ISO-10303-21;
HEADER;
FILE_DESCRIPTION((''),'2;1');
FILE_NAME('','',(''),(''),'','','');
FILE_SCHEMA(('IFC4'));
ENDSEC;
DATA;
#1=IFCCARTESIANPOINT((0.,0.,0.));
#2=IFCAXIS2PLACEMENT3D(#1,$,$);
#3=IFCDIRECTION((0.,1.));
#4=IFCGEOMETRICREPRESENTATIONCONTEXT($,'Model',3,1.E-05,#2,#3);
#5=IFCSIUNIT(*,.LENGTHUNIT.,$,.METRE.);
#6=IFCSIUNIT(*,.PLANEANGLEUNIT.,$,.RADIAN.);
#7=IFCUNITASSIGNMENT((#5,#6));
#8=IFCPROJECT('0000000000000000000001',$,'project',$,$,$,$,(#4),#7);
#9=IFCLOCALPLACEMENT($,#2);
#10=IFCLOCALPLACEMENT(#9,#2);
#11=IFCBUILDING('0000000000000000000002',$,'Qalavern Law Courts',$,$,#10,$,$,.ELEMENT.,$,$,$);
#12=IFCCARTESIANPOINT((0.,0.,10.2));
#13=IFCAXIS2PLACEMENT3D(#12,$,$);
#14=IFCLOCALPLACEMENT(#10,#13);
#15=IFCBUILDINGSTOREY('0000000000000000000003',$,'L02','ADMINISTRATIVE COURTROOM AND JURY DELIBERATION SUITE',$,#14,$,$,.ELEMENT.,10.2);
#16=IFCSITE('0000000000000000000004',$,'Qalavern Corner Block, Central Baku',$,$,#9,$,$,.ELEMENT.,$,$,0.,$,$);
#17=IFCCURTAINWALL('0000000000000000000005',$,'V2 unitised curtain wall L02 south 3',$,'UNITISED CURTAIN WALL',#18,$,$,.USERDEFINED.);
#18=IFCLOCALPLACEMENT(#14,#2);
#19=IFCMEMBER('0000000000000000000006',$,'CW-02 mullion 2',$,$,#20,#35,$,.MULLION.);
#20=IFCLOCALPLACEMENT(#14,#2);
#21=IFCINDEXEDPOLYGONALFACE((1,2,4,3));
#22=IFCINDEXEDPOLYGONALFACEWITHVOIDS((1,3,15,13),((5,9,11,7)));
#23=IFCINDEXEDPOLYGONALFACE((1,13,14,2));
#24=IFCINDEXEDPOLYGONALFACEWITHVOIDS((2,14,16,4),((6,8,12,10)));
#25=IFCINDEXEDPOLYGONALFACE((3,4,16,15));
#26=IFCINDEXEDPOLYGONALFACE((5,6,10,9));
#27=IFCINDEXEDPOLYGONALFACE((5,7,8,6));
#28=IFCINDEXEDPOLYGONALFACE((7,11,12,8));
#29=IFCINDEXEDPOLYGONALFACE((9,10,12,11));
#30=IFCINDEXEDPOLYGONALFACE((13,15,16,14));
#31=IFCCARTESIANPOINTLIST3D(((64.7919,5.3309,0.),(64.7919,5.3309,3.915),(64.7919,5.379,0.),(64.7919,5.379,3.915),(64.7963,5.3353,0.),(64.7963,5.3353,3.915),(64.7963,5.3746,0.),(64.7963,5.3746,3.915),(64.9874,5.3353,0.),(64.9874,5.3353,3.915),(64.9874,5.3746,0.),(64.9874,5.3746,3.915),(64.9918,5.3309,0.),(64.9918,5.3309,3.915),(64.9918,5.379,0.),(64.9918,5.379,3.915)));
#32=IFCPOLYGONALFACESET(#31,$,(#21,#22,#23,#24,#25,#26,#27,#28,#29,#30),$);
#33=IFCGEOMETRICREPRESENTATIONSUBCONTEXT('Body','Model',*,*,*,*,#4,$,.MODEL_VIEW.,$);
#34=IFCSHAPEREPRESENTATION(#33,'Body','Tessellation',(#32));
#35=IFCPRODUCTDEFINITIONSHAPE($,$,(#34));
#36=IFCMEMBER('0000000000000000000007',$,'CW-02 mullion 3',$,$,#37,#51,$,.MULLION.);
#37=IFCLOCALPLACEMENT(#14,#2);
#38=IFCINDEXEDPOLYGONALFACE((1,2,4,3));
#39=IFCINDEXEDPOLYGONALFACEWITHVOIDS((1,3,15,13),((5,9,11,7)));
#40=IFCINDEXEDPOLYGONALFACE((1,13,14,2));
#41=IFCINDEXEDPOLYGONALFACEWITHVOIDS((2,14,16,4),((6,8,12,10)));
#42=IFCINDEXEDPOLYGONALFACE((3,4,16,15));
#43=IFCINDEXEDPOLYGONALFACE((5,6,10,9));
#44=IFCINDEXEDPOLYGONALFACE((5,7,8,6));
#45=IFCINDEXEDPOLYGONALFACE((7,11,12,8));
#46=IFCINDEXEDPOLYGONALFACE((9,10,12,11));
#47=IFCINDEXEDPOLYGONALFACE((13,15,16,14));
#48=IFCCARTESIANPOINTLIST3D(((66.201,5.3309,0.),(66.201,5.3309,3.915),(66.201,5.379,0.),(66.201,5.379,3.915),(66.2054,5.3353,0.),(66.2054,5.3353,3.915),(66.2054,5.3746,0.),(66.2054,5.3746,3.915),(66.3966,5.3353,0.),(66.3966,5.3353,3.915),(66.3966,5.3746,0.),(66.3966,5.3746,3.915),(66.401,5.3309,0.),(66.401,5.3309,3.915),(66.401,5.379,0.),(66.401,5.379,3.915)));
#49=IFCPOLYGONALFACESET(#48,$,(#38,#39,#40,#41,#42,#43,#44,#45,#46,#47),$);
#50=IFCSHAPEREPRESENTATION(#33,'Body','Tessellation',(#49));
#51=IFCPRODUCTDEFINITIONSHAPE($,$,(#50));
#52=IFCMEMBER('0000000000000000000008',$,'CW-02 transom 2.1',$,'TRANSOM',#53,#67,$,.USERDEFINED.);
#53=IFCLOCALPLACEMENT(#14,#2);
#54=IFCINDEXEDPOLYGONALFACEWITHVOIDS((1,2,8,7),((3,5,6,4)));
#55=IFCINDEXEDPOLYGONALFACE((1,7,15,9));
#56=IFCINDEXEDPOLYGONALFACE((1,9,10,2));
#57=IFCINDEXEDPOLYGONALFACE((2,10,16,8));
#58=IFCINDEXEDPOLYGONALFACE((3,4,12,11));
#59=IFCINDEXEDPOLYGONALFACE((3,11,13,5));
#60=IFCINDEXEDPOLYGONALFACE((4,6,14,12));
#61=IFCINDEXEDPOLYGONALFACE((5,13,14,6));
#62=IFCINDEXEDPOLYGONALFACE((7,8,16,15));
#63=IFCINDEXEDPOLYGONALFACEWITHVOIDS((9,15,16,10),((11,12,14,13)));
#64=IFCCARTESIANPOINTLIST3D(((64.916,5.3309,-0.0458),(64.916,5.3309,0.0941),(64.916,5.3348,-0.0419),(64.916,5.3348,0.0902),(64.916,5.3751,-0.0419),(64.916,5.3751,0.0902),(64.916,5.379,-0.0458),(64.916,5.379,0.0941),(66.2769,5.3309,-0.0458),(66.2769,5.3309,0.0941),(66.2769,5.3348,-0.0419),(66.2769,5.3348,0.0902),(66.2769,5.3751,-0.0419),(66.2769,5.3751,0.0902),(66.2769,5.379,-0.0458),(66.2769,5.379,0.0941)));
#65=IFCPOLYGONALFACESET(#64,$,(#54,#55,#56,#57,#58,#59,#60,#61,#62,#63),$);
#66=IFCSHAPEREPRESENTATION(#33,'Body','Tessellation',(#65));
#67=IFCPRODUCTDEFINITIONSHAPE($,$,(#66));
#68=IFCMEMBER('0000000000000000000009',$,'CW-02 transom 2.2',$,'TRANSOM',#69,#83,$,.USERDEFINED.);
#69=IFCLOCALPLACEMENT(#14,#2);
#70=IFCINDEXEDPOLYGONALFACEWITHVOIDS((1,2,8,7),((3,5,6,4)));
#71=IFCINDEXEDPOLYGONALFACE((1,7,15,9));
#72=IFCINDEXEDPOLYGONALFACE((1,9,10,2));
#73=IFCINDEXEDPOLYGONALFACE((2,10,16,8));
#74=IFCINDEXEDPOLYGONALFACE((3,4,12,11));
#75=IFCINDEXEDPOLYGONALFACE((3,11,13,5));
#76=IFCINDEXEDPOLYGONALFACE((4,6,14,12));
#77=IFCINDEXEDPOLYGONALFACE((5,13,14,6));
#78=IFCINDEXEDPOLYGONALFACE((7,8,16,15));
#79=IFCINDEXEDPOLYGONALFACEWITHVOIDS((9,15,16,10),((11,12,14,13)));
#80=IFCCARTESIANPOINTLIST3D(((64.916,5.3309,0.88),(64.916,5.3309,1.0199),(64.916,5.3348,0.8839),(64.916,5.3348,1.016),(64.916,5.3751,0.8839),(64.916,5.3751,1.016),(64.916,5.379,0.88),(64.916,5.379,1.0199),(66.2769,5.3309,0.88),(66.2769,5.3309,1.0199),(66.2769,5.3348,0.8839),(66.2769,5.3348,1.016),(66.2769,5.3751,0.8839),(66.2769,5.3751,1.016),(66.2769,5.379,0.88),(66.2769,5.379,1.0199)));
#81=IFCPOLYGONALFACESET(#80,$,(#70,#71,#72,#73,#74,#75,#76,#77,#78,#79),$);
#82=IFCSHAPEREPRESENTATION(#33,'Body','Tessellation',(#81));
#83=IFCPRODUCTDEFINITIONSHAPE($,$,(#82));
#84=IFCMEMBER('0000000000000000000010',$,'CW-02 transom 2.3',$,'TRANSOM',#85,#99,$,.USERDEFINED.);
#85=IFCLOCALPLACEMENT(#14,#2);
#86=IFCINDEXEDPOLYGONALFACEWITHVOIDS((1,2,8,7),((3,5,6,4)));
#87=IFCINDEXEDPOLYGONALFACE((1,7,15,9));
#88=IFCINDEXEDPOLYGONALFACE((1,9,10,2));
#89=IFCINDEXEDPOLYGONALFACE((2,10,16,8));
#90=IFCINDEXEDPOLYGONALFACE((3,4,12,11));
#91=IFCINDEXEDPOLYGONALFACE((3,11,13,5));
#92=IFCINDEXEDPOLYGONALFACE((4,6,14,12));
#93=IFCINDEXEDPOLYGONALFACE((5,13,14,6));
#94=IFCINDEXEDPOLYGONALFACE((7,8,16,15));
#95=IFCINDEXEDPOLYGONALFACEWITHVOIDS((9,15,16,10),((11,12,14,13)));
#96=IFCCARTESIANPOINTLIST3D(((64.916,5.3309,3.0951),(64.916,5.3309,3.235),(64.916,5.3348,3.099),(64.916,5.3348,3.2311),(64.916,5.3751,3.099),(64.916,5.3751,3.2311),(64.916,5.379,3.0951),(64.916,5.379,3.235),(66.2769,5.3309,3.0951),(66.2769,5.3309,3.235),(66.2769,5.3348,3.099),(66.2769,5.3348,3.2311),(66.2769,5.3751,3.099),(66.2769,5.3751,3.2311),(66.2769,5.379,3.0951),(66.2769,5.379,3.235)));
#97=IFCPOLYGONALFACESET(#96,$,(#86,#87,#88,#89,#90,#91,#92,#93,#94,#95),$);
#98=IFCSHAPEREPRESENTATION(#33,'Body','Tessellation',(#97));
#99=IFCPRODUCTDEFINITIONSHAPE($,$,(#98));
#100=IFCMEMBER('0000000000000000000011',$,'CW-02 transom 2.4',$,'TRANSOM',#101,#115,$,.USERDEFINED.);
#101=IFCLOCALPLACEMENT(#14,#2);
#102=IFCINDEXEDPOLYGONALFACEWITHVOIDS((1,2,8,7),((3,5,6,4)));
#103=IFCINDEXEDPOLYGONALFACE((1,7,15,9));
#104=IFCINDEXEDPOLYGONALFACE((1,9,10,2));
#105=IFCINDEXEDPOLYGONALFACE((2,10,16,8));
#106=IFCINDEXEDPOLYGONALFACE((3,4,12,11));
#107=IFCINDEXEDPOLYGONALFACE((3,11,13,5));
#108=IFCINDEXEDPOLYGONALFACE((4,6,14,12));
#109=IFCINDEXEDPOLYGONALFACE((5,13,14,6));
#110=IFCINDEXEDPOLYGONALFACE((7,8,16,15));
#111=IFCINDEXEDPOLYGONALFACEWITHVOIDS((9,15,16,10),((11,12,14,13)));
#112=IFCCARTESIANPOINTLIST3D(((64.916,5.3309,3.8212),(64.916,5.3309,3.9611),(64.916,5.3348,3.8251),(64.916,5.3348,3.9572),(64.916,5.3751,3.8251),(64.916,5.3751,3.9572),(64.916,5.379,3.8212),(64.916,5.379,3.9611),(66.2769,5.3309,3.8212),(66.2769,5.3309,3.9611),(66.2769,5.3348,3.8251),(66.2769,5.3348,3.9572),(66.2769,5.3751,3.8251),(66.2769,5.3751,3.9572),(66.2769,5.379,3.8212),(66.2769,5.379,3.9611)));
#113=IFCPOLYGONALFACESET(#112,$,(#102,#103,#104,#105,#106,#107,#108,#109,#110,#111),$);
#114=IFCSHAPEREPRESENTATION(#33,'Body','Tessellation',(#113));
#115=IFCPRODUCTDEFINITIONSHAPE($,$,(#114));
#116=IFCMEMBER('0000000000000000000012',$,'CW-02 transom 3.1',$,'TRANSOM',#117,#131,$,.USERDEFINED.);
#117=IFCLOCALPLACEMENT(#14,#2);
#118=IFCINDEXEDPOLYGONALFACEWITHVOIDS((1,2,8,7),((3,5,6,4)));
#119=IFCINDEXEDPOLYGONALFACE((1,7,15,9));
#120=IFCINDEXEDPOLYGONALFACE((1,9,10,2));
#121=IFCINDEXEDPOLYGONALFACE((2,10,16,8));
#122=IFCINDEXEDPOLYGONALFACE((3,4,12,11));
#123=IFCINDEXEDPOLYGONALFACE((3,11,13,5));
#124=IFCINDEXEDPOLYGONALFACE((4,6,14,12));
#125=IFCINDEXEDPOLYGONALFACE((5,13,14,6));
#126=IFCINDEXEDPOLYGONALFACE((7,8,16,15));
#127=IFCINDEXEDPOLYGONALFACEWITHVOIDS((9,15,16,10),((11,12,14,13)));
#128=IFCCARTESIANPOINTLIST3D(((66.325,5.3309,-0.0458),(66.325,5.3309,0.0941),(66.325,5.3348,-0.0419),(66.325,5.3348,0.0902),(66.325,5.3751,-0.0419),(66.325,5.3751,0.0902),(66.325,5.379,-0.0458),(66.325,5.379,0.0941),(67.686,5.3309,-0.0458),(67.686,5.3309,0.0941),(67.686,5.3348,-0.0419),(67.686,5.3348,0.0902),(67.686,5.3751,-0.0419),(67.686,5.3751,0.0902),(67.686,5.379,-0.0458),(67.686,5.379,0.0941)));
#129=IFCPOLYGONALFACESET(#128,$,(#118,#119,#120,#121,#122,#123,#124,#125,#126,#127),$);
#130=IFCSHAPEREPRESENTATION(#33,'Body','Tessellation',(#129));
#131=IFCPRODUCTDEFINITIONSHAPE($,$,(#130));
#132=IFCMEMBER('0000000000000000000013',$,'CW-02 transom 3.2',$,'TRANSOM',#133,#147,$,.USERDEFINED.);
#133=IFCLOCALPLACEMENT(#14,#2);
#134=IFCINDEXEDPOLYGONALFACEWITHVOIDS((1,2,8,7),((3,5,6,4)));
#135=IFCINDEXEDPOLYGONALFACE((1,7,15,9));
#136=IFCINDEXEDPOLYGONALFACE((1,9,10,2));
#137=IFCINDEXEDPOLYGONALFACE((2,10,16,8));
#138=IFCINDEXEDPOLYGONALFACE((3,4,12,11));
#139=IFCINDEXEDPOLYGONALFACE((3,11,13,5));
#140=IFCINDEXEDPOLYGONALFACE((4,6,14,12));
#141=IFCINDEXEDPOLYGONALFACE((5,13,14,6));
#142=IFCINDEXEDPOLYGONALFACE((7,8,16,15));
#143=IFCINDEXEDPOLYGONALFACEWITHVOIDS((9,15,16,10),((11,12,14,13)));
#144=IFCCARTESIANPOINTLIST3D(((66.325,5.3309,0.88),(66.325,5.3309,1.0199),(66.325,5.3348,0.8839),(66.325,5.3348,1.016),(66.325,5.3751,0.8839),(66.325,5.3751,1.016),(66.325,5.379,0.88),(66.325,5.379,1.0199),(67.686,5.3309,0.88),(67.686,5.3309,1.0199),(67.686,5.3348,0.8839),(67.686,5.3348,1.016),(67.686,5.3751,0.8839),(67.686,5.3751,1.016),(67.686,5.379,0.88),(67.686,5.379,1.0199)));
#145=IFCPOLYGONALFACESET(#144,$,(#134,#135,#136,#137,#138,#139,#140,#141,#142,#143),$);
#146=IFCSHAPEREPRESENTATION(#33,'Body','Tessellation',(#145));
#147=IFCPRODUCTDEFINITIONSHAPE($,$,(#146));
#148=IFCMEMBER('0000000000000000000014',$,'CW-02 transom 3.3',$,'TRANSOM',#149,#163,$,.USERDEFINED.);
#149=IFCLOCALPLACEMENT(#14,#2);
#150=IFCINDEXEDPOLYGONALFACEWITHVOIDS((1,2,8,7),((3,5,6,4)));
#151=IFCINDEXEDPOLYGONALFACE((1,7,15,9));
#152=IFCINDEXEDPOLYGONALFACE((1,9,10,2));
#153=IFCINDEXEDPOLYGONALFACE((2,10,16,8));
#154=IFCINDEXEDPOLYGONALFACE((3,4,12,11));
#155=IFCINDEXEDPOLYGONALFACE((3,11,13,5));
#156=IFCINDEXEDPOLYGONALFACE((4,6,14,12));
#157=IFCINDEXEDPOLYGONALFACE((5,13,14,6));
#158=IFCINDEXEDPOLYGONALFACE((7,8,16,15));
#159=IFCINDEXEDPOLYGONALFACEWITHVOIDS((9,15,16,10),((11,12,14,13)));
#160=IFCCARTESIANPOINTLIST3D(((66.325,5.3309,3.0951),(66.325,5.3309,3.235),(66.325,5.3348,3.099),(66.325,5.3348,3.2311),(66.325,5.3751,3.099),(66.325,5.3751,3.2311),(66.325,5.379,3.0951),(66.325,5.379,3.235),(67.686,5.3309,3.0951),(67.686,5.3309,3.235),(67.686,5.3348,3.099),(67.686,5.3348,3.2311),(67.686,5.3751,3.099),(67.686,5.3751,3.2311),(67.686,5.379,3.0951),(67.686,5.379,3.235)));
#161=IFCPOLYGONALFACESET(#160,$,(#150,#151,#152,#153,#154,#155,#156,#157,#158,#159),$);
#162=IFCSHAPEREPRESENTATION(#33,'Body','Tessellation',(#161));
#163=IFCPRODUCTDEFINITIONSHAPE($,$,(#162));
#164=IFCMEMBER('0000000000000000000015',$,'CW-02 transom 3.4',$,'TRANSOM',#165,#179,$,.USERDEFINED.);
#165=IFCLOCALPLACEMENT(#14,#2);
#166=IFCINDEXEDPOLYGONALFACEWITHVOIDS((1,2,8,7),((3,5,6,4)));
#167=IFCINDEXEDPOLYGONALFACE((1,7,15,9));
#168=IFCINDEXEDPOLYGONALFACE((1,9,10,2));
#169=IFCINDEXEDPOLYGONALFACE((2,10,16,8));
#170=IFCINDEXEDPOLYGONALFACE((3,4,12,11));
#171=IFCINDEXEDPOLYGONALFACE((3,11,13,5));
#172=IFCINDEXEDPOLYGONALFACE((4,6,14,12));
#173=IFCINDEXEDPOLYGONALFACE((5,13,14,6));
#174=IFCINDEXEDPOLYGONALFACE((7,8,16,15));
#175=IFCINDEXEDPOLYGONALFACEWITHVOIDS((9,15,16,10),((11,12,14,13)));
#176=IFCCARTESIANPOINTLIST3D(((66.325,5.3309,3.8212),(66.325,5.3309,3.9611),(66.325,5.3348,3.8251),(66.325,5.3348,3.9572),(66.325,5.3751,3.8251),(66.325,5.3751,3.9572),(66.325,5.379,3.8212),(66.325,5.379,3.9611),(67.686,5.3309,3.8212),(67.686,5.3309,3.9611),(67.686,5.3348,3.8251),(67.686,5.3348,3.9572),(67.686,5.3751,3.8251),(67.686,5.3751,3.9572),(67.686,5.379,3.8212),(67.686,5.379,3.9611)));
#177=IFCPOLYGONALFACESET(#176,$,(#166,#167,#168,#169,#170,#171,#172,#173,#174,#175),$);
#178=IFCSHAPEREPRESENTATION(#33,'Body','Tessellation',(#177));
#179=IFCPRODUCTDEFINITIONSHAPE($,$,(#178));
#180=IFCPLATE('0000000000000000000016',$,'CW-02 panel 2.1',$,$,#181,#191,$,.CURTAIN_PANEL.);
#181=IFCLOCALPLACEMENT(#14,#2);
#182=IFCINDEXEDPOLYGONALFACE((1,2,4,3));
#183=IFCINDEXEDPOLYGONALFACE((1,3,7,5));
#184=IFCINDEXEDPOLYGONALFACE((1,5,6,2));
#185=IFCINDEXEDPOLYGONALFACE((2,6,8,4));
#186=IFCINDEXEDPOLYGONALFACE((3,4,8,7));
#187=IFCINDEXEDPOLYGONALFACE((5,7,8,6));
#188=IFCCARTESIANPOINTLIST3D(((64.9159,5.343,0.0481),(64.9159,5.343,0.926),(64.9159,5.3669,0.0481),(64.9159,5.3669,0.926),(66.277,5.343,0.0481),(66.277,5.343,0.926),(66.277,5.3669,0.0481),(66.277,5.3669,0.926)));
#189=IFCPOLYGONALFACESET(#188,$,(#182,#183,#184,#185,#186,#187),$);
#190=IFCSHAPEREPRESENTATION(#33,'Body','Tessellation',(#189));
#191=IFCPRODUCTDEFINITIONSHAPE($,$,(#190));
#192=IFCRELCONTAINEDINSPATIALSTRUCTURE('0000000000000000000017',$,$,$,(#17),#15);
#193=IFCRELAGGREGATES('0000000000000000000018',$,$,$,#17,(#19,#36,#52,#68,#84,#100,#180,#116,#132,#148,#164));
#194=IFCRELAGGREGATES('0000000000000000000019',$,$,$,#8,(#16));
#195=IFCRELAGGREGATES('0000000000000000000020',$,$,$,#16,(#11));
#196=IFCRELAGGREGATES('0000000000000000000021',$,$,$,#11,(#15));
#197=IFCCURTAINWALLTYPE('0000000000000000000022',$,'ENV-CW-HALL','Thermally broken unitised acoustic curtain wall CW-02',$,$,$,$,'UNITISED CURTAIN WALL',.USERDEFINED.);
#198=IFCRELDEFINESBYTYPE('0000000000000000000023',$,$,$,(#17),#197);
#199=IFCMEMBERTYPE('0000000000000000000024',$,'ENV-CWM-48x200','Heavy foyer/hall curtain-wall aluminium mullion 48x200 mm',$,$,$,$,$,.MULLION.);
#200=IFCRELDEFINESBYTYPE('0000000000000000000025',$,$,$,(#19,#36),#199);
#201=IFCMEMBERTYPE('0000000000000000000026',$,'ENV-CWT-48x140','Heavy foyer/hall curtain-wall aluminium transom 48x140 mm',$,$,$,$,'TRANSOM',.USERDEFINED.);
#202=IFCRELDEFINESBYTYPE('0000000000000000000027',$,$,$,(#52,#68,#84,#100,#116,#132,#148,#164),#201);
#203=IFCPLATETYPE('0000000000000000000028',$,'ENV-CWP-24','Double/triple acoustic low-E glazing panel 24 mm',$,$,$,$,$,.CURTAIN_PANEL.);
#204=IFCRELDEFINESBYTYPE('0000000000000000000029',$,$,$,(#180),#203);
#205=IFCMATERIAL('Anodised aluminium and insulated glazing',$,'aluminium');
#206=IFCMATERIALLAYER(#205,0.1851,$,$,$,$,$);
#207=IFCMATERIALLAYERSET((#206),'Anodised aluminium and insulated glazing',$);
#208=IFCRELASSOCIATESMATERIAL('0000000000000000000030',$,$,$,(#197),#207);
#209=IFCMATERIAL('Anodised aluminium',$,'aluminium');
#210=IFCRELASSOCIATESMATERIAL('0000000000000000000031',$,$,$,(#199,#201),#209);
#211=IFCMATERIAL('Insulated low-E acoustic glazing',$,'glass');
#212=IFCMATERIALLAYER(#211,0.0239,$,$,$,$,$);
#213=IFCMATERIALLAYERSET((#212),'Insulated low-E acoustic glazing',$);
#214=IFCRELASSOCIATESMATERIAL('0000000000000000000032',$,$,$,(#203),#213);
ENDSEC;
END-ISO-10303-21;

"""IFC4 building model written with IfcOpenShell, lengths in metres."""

from ifc_helpers import new_model, si_unit, direction, frame, origin, origin_2d, place, context, subcontext, project, spatial, rectangle, hollow_rectangle, extrude, material, layer, layer_set, material_profile, profile_set, type_object, element, aggregate, save


model = new_model("IFC4")

# Units and contexts
model_context = context("Model", 3, precision=1e-05, world=origin(), true_north=direction((0.0, 1.0)))
body_context = subcontext(model_context, "Body", "Model", "MODEL_VIEW")
ifc_project = project(units=[si_unit("LENGTHUNIT", "METRE"), si_unit("PLANEANGLEUNIT", "RADIAN")], contexts=[model_context])

# Site, building, storey
site_placement = place(None, origin())
site = spatial("IfcSite", under=ifc_project, at=site_placement, Name="Qalavern Corner Block, Central Baku", CompositionType="ELEMENT", RefElevation=0.0)
building_placement = place(site_placement, origin())
building = spatial("IfcBuilding", under=site, at=building_placement, Name="Qalavern Law Courts", CompositionType="ELEMENT")
storey_placement = place(building_placement, frame((0.0, 0.0, 10.2)))
storey = spatial("IfcBuildingStorey", under=building, at=storey_placement, Name="L02", Description="ADMINISTRATIVE COURTROOM AND JURY DELIBERATION SUITE", CompositionType="ELEMENT", Elevation=10.2)

# Curtain wall, members, plate
ifc_material_1 = material(Name="Anodised aluminium and insulated glazing", Category="aluminium")
ifc_layer_1 = layer(ifc_material_1, 0.1851)
ifc_layer_set_1 = layer_set([ifc_layer_1], Name="Anodised aluminium and insulated glazing")
curtain_wall_type = type_object("IfcCurtainWallType", Name="ENV-CW-HALL", Description="Thermally broken unitised acoustic curtain wall CW-02", ElementType="UNITISED CURTAIN WALL", PredefinedType="USERDEFINED", material=ifc_layer_set_1)
curtain_wall_placement = place(storey_placement, origin())
curtain_wall = element("IfcCurtainWall", 1, at=curtain_wall_placement, inside=storey, type_object=curtain_wall_type, Name="V2 unitised curtain wall L02 south 3", ObjectType="UNITISED CURTAIN WALL", PredefinedType="USERDEFINED")
ifc_material_2 = material(Name="Anodised aluminium", Category="aluminium")
ifc_material_profile_1 = material_profile(ifc_material_2, hollow_rectangle(XDim=0.0481, YDim=0.2, WallThickness=0.0044, at=origin_2d()), Name="ALU MULLION 48x200")
ifc_profile_set_1 = profile_set([ifc_material_profile_1], Name="Anodised aluminium")
member_type_1 = type_object("IfcMemberType", Name="ENV-CWM-48x200", Description="Heavy foyer/hall curtain-wall aluminium mullion 48x200 mm", PredefinedType="MULLION", material=ifc_profile_set_1)
member_1_placement = place(storey_placement, frame((64.8918, 5.355, 0.0), z_axis=(0.0, 0.0, 1.0), x_axis=(0.0, 1.0, 0.0)))
member_1 = element("IfcMember", 2, at=member_1_placement, type_object=member_type_1, Name="CW-02 mullion 2", PredefinedType="MULLION", context=body_context, shape_type="SweptSolid", body=[
    extrude(hollow_rectangle(XDim=0.0481, YDim=0.2, WallThickness=0.0044, at=origin_2d()), origin(), (0.0, 0.0, 1.0), 3.915),
])
member_2_placement = place(storey_placement, frame((66.301, 5.355, 0.0), z_axis=(0.0, 0.0, 1.0), x_axis=(0.0, 1.0, 0.0)))
member_2 = element("IfcMember", 3, at=member_2_placement, type_object=member_type_1, Name="CW-02 mullion 3", PredefinedType="MULLION", context=body_context, shape_type="SweptSolid", body=[
    extrude(hollow_rectangle(XDim=0.0481, YDim=0.2, WallThickness=0.0044, at=origin_2d()), origin(), (0.0, 0.0, 1.0), 3.915),
])
ifc_material_profile_2 = material_profile(ifc_material_2, hollow_rectangle(XDim=0.0481, YDim=0.1399, WallThickness=0.0039, at=origin_2d()), Name="ALU TRANSOM 48x140")
ifc_profile_set_2 = profile_set([ifc_material_profile_2], Name="Anodised aluminium")
member_type_2 = type_object("IfcMemberType", Name="ENV-CWT-48x140", Description="Heavy foyer/hall curtain-wall aluminium transom 48x140 mm", ElementType="TRANSOM", PredefinedType="USERDEFINED", material=ifc_profile_set_2)
member_3_placement = place(storey_placement, frame((64.916, 5.355, 0.0242), z_axis=(1.0, 0.0, 0.0), x_axis=(0.0, 1.0, 0.0)))
member_3 = element("IfcMember", 4, at=member_3_placement, type_object=member_type_2, Name="CW-02 transom 2.1", ObjectType="TRANSOM", PredefinedType="USERDEFINED", context=body_context, shape_type="SweptSolid", body=[
    extrude(hollow_rectangle(XDim=0.0481, YDim=0.1399, WallThickness=0.0039, at=origin_2d()), origin(), (0.0, 0.0, 1.0), 1.3608),
])
member_4_placement = place(storey_placement, frame((64.916, 5.355, 0.95), z_axis=(1.0, 0.0, 0.0), x_axis=(0.0, 1.0, 0.0)))
member_4 = element("IfcMember", 5, at=member_4_placement, type_object=member_type_2, Name="CW-02 transom 2.2", ObjectType="TRANSOM", PredefinedType="USERDEFINED", context=body_context, shape_type="SweptSolid", body=[
    extrude(hollow_rectangle(XDim=0.0481, YDim=0.1399, WallThickness=0.0039, at=origin_2d()), origin(), (0.0, 0.0, 1.0), 1.3608),
])
member_5_placement = place(storey_placement, frame((64.916, 5.355, 3.165), z_axis=(1.0, 0.0, 0.0), x_axis=(0.0, 1.0, 0.0)))
member_5 = element("IfcMember", 6, at=member_5_placement, type_object=member_type_2, Name="CW-02 transom 2.3", ObjectType="TRANSOM", PredefinedType="USERDEFINED", context=body_context, shape_type="SweptSolid", body=[
    extrude(hollow_rectangle(XDim=0.0481, YDim=0.1399, WallThickness=0.0039, at=origin_2d()), origin(), (0.0, 0.0, 1.0), 1.3608),
])
member_6_placement = place(storey_placement, frame((64.916, 5.355, 3.8911), z_axis=(1.0, 0.0, 0.0), x_axis=(0.0, 1.0, 0.0)))
member_6 = element("IfcMember", 7, at=member_6_placement, type_object=member_type_2, Name="CW-02 transom 2.4", ObjectType="TRANSOM", PredefinedType="USERDEFINED", context=body_context, shape_type="SweptSolid", body=[
    extrude(hollow_rectangle(XDim=0.0481, YDim=0.1399, WallThickness=0.0039, at=origin_2d()), origin(), (0.0, 0.0, 1.0), 1.3608),
])
member_7_placement = place(storey_placement, frame((66.325, 5.355, 0.0242), z_axis=(1.0, 0.0, 0.0), x_axis=(0.0, 1.0, 0.0)))
member_7 = element("IfcMember", 8, at=member_7_placement, type_object=member_type_2, Name="CW-02 transom 3.1", ObjectType="TRANSOM", PredefinedType="USERDEFINED", context=body_context, shape_type="SweptSolid", body=[
    extrude(hollow_rectangle(XDim=0.0481, YDim=0.1399, WallThickness=0.0039, at=origin_2d()), origin(), (0.0, 0.0, 1.0), 1.3611),
])
member_8_placement = place(storey_placement, frame((66.325, 5.355, 0.95), z_axis=(1.0, 0.0, 0.0), x_axis=(0.0, 1.0, 0.0)))
member_8 = element("IfcMember", 9, at=member_8_placement, type_object=member_type_2, Name="CW-02 transom 3.2", ObjectType="TRANSOM", PredefinedType="USERDEFINED", context=body_context, shape_type="SweptSolid", body=[
    extrude(hollow_rectangle(XDim=0.0481, YDim=0.1399, WallThickness=0.0039, at=origin_2d()), origin(), (0.0, 0.0, 1.0), 1.3611),
])
member_9_placement = place(storey_placement, frame((66.325, 5.355, 3.165), z_axis=(1.0, 0.0, 0.0), x_axis=(0.0, 1.0, 0.0)))
member_9 = element("IfcMember", 10, at=member_9_placement, type_object=member_type_2, Name="CW-02 transom 3.3", ObjectType="TRANSOM", PredefinedType="USERDEFINED", context=body_context, shape_type="SweptSolid", body=[
    extrude(hollow_rectangle(XDim=0.0481, YDim=0.1399, WallThickness=0.0039, at=origin_2d()), origin(), (0.0, 0.0, 1.0), 1.3611),
])
member_10_placement = place(storey_placement, frame((66.325, 5.355, 3.8911), z_axis=(1.0, 0.0, 0.0), x_axis=(0.0, 1.0, 0.0)))
member_10 = element("IfcMember", 11, at=member_10_placement, type_object=member_type_2, Name="CW-02 transom 3.4", ObjectType="TRANSOM", PredefinedType="USERDEFINED", context=body_context, shape_type="SweptSolid", body=[
    extrude(hollow_rectangle(XDim=0.0481, YDim=0.1399, WallThickness=0.0039, at=origin_2d()), origin(), (0.0, 0.0, 1.0), 1.3611),
])
ifc_material_3 = material(Name="Insulated low-E acoustic glazing", Category="glass")
ifc_layer_2 = layer(ifc_material_3, 0.0239)
ifc_layer_set_2 = layer_set([ifc_layer_2], Name="Insulated low-E acoustic glazing")
plate_type = type_object("IfcPlateType", Name="ENV-CWP-24", Description="Double/triple acoustic low-E glazing panel 24 mm", PredefinedType="CURTAIN_PANEL", material=ifc_layer_set_2)
plate_1_placement = place(storey_placement, frame((65.5964, 5.355, 0.0481), z_axis=(0.0, 0.0, 1.0), x_axis=(1.0, 0.0, 0.0)))
plate_1 = element("IfcPlate", 12, at=plate_1_placement, type_object=plate_type, Name="CW-02 panel 2.1", PredefinedType="CURTAIN_PANEL", context=body_context, shape_type="SweptSolid", body=[
    extrude(rectangle(XDim=1.3611, YDim=0.0239, at=origin_2d()), origin(), (0.0, 0.0, 1.0), 0.8779),
])
aggregate(curtain_wall, [member_1, member_2, member_3, member_4, member_5, member_6, plate_1, member_7, member_8, member_9, member_10])

save(model, "model.ifc")
